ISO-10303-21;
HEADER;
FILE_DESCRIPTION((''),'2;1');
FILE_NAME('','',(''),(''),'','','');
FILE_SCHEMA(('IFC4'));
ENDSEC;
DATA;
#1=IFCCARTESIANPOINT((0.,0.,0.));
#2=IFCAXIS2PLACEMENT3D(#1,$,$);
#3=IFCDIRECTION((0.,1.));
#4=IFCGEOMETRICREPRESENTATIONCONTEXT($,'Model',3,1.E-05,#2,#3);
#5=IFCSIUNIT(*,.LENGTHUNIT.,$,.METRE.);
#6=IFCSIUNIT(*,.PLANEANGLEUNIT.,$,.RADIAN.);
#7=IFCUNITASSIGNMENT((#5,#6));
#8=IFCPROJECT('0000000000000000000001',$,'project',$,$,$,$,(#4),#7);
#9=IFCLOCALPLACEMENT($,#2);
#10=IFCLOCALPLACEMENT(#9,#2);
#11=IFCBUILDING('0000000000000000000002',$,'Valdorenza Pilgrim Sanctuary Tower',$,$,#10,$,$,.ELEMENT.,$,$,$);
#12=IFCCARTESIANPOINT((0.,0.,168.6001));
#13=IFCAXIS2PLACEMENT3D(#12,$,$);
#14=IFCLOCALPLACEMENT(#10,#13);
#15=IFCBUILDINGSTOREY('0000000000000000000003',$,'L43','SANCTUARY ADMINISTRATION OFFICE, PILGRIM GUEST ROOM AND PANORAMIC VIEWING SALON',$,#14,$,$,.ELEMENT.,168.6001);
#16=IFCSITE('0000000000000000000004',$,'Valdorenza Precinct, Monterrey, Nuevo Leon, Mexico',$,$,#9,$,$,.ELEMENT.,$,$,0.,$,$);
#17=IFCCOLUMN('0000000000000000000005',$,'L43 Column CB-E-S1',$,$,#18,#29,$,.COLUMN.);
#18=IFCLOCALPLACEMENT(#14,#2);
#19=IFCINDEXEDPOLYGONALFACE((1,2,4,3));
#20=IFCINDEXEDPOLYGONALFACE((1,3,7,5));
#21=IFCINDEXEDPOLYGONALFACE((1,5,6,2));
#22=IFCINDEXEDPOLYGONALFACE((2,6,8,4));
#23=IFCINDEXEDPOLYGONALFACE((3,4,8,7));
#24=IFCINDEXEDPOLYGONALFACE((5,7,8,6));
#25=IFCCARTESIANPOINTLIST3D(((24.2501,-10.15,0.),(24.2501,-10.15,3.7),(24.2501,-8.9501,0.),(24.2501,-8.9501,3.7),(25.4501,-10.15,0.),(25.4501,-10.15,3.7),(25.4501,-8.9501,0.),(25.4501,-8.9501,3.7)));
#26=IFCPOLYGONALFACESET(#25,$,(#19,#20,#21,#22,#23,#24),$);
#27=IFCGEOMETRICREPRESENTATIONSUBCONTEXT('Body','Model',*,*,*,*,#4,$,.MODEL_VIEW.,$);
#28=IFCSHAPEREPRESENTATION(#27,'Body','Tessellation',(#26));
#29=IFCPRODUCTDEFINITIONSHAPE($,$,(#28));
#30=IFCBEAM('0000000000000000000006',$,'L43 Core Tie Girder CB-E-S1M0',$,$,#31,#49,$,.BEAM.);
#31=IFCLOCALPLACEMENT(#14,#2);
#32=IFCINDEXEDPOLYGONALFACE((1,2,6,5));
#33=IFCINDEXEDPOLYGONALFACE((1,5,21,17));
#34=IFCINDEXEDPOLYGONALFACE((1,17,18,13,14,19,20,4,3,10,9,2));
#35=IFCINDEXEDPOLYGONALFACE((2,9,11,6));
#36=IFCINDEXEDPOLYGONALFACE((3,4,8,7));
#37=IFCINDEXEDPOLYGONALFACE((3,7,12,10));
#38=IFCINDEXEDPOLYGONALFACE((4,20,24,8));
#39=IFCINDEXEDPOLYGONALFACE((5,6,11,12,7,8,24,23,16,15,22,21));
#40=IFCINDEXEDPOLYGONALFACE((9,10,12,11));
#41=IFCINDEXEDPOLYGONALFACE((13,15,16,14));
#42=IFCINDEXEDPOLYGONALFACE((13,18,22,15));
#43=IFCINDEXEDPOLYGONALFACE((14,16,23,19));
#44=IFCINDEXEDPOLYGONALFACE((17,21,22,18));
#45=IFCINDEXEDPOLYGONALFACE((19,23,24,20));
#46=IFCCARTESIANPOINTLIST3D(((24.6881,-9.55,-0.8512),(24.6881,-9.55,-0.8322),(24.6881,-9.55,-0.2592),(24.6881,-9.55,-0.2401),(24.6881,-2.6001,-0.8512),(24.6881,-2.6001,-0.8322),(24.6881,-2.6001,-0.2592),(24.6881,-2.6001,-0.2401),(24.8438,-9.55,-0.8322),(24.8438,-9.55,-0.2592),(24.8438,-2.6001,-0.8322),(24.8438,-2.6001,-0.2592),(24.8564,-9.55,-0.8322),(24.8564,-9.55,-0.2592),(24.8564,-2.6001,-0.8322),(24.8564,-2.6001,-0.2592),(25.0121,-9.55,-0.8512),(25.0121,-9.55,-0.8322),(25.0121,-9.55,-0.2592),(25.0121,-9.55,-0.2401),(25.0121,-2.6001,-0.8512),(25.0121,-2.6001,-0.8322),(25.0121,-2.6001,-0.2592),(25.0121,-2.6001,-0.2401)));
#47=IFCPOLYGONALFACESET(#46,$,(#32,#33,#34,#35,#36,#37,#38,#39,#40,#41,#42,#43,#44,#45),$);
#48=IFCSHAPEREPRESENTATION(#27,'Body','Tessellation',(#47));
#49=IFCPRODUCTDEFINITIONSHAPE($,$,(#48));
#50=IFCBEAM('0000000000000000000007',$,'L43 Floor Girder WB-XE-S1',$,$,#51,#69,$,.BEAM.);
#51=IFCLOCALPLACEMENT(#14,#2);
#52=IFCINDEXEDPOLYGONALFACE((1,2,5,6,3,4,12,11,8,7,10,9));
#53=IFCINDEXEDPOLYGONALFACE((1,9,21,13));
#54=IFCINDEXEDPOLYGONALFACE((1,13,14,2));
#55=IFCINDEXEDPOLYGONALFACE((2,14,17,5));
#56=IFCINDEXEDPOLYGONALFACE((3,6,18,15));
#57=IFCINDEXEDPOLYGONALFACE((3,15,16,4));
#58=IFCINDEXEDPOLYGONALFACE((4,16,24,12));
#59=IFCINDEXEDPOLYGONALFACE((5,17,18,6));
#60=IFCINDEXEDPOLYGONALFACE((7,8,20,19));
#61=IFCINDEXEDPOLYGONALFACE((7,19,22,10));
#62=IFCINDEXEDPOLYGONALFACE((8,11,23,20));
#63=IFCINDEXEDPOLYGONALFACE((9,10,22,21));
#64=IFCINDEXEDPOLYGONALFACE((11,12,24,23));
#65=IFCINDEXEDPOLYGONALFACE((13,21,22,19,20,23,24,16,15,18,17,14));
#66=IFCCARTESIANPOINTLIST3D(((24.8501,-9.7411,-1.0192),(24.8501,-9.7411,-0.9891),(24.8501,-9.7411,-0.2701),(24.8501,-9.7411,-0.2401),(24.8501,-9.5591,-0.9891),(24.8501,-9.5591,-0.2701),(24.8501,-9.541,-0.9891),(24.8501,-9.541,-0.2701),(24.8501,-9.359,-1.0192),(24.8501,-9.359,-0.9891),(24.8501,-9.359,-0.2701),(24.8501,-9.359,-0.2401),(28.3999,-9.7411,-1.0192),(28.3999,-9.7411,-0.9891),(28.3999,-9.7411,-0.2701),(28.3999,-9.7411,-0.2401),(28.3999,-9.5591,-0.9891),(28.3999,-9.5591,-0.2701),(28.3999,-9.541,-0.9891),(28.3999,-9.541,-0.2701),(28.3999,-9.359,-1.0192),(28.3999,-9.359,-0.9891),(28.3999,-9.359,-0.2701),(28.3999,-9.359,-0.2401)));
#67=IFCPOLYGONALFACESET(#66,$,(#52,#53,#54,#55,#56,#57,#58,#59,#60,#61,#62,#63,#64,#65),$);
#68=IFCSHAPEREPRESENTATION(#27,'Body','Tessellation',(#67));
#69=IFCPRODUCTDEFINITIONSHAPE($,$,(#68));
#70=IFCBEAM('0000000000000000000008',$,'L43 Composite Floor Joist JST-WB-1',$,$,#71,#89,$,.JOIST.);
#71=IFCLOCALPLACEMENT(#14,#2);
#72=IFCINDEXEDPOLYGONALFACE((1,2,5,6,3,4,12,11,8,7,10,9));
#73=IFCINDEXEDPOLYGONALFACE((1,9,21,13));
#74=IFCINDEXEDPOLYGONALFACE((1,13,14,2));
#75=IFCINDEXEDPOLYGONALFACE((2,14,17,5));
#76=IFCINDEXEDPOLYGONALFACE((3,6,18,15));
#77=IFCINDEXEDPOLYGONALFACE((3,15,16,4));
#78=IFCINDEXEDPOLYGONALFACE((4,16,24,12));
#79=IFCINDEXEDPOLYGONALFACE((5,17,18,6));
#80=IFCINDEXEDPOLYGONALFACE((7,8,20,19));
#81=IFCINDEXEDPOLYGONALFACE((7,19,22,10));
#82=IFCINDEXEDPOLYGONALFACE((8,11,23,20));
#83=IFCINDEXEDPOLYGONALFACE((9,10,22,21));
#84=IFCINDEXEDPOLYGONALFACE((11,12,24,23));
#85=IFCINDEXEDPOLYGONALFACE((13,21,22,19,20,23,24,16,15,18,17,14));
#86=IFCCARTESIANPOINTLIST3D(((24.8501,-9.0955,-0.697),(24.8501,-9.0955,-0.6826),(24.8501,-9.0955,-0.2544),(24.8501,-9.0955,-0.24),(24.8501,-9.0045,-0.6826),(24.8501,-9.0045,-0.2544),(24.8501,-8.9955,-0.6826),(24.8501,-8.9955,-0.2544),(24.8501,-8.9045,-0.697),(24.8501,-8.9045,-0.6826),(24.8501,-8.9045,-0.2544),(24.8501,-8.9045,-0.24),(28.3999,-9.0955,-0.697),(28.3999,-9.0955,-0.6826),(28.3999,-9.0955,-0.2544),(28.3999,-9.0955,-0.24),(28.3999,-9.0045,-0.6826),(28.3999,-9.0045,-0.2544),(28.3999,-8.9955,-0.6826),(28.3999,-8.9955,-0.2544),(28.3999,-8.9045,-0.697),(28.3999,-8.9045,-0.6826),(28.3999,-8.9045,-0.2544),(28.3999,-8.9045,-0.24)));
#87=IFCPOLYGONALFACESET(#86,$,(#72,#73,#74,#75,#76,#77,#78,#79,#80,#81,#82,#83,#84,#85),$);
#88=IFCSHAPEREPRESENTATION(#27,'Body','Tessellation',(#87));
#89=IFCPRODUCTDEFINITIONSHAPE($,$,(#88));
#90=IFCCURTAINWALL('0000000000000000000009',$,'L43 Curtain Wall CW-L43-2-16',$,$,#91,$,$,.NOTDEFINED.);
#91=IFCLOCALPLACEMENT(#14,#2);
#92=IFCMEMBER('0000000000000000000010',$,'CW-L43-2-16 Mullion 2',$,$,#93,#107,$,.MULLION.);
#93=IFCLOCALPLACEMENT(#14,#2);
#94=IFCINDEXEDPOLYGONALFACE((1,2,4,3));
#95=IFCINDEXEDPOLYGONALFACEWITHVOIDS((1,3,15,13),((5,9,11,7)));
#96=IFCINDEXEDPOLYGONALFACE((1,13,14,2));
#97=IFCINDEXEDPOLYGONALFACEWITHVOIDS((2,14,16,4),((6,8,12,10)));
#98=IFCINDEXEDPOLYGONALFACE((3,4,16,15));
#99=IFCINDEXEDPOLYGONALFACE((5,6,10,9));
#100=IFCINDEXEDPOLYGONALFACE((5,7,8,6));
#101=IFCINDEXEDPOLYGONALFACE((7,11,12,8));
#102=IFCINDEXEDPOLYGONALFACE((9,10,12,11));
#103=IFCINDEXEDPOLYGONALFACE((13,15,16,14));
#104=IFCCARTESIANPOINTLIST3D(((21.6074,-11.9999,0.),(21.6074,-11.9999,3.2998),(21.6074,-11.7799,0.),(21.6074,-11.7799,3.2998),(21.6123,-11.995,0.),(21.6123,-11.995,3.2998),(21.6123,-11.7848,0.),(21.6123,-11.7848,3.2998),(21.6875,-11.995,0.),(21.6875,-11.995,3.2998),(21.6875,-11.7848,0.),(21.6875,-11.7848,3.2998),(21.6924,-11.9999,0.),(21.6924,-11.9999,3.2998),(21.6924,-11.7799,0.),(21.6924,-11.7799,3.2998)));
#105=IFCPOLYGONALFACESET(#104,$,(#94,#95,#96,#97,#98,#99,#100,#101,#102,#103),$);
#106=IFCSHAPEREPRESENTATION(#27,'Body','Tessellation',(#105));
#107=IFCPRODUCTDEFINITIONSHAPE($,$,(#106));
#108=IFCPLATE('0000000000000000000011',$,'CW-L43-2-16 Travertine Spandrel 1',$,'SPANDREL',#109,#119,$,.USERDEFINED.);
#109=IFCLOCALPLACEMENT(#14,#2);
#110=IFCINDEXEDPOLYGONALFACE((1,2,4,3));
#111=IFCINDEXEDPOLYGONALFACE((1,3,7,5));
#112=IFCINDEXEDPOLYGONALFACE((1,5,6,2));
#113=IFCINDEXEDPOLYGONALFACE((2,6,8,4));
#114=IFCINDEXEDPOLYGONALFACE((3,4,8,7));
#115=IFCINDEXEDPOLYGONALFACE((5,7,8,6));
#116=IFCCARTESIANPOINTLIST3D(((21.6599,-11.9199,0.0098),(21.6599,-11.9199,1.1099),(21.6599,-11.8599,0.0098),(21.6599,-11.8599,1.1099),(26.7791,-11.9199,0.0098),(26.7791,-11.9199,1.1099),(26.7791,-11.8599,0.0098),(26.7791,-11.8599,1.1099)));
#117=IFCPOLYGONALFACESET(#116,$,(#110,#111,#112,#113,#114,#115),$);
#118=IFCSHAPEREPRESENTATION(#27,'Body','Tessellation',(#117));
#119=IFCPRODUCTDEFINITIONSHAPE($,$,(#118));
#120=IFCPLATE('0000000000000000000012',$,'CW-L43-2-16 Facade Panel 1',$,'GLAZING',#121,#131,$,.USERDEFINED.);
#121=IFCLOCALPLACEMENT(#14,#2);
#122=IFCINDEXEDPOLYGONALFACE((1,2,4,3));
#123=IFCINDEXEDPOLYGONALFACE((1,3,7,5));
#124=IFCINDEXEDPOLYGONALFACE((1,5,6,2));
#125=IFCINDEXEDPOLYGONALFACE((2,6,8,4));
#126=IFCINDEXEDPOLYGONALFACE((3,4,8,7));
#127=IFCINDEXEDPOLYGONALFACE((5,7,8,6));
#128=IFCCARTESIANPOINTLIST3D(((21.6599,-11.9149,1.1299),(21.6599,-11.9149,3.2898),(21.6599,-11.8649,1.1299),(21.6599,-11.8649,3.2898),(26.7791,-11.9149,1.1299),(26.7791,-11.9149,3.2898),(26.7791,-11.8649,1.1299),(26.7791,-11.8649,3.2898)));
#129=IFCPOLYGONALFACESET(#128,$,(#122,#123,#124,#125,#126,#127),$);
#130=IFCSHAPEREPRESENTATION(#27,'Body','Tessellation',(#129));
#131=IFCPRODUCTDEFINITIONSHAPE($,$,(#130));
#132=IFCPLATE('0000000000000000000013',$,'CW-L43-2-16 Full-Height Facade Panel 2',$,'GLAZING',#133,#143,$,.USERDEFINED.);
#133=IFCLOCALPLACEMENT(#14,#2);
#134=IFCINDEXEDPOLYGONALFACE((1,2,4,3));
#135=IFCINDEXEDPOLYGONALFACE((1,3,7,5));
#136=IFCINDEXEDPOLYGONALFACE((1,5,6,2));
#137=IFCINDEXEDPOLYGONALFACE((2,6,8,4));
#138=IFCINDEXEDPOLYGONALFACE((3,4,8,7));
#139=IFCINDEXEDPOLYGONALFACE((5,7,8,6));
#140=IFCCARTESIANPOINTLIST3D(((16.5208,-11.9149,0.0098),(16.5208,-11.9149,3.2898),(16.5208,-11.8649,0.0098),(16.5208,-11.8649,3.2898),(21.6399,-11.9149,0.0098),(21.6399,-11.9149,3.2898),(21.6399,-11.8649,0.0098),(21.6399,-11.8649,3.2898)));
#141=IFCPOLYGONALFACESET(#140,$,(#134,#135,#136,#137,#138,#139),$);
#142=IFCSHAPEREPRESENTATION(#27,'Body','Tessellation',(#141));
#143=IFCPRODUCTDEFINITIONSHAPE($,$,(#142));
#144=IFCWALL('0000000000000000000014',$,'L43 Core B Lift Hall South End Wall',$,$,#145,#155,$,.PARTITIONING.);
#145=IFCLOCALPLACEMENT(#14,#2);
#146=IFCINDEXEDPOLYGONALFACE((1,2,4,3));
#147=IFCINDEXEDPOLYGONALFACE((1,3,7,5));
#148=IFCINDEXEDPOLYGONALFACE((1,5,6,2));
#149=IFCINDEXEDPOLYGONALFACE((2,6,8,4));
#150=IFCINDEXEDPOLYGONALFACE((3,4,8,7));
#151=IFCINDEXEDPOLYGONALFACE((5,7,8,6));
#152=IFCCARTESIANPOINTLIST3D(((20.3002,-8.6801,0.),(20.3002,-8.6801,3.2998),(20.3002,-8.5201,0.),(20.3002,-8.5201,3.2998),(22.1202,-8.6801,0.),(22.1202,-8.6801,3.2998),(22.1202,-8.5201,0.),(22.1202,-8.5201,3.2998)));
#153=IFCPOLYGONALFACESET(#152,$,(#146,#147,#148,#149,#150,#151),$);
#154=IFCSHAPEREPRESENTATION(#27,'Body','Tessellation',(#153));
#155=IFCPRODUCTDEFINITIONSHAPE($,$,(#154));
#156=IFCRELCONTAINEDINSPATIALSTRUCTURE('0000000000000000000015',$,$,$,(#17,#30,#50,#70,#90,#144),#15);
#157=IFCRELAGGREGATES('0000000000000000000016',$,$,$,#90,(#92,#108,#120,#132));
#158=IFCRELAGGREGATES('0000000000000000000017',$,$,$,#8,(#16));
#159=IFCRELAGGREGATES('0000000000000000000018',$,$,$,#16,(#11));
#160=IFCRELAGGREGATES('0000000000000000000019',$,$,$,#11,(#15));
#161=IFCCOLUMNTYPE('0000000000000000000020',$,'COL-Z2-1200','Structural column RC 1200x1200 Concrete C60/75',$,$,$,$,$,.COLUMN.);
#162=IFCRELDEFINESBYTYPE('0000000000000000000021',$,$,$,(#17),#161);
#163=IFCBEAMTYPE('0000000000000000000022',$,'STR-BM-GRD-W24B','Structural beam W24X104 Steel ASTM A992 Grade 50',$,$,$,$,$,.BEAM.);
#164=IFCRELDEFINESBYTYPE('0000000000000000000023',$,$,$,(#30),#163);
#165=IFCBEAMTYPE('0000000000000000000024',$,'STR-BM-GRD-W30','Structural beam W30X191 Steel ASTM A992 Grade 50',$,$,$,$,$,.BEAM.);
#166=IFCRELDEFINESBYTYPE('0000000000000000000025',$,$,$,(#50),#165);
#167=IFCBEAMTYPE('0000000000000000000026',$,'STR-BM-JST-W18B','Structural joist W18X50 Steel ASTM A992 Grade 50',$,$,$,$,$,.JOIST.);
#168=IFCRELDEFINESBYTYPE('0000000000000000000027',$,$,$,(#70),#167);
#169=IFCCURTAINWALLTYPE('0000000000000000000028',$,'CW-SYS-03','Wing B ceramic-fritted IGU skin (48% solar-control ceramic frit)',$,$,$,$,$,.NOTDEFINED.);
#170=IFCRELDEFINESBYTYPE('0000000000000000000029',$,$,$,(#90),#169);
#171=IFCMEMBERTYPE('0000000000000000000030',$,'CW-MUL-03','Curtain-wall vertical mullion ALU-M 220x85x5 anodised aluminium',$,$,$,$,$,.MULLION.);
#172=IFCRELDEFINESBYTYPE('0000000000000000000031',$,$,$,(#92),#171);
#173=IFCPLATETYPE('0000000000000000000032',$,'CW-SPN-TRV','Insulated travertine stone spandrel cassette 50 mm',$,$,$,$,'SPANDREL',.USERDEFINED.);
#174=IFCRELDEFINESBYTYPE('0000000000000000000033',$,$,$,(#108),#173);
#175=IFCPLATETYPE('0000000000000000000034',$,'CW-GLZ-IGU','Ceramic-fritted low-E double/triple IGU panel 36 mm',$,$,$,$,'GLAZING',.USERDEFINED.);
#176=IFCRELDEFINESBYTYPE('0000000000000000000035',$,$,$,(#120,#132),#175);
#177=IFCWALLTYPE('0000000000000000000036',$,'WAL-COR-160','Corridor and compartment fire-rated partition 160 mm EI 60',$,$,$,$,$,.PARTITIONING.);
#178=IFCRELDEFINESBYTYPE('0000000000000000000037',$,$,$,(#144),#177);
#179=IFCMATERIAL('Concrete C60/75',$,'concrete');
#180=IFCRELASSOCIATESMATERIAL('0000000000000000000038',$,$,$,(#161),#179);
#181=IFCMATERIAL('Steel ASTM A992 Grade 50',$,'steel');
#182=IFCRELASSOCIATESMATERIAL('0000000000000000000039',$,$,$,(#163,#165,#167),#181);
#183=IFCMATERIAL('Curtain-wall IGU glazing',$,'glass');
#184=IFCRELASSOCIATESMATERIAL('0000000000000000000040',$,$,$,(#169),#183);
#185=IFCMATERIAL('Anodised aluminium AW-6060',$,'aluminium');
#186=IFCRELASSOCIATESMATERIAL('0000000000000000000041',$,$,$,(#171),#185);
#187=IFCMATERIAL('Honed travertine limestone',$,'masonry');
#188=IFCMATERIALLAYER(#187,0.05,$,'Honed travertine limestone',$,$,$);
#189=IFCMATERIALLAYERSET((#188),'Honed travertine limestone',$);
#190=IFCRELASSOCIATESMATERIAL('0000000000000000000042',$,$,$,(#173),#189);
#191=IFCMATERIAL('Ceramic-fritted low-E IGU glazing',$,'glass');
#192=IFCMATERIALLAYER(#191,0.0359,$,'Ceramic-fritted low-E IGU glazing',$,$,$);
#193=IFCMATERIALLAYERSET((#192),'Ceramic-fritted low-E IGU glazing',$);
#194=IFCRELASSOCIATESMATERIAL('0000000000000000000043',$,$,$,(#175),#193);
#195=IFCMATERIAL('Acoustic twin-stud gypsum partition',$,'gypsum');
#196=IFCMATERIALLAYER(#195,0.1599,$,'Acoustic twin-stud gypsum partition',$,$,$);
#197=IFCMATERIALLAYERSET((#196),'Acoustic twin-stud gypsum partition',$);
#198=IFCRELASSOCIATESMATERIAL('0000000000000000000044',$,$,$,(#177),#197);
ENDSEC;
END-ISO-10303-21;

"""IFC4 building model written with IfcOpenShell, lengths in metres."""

from ifc_helpers import new_model, si_unit, direction, frame, frame_2d, origin, origin_2d, place, context, subcontext, project, spatial, rectangle, hollow_rectangle, i_section, extrude, source, transform, mapped, material, layer, layer_set, material_profile, profile_set, type_object, element, aggregate, save


model = new_model("IFC4")

# Units and contexts
model_context = context("Model", 3, precision=1e-05, world=origin(), true_north=direction((0.0, 1.0)))
body_context = subcontext(model_context, "Body", "Model", "MODEL_VIEW")
ifc_project = project(units=[si_unit("LENGTHUNIT", "METRE"), si_unit("PLANEANGLEUNIT", "RADIAN")], contexts=[model_context])

# Site, building, storey
site_placement = place(None, origin())
site = spatial("IfcSite", under=ifc_project, at=site_placement, Name="Valdorenza Precinct, Monterrey, Nuevo Leon, Mexico", CompositionType="ELEMENT", RefElevation=0.0)
building_placement = place(site_placement, origin())
building = spatial("IfcBuilding", under=site, at=building_placement, Name="Valdorenza Pilgrim Sanctuary Tower", CompositionType="ELEMENT")
storey_placement = place(building_placement, frame((0.0, 0.0, 168.6001)))
storey = spatial("IfcBuildingStorey", under=building, at=storey_placement, Name="L43", Description="SANCTUARY ADMINISTRATION OFFICE, PILGRIM GUEST ROOM AND PANORAMIC VIEWING SALON", CompositionType="ELEMENT", Elevation=168.6001)

# Column
ifc_material_1 = material(Name="Concrete C60/75", Category="concrete")
ifc_material_profile_1 = material_profile(ifc_material_1, rectangle(XDim=1.2, YDim=1.2, at=origin_2d()), Name="RC 1200x1200")
ifc_profile_set_1 = profile_set([ifc_material_profile_1], Name="Concrete C60/75")
column_type = type_object("IfcColumnType", Name="COL-Z2-1200", Description="Structural column RC 1200x1200 Concrete C60/75", PredefinedType="COLUMN", material=ifc_profile_set_1)
shared_shape_1 = source(origin(), body_context, "Body", "SweptSolid", [
    extrude(rectangle(XDim=1.2, YDim=1.2, at=origin_2d()), origin(), (0.0, 0.0, 1.0), 3.7),
])
column_placement = place(storey_placement, frame((24.8501, -9.55, 0.0), z_axis=(0.0, 0.0, 1.0), x_axis=(1.0, 0.0, 0.0)))
element("IfcColumn", 1, at=column_placement, inside=storey, type_object=column_type, Name="L43 Column CB-E-S1", PredefinedType="COLUMN", context=body_context, shape_type="MappedRepresentation", body=[
    mapped(shared_shape_1, transform((0.0, 0.0, 0.0), x_axis=(1.0, 0.0, 0.0), y_axis=(0.0, 1.0, 0.0), z_axis=(0.0, 0.0, 1.0), scale=1.0)),
])

# Beams
ifc_material_2 = material(Name="Steel ASTM A992 Grade 50", Category="steel")
ifc_material_profile_2 = material_profile(ifc_material_2, i_section(OverallWidth=0.324, OverallDepth=0.6111, WebThickness=0.0127, FlangeThickness=0.019, at=origin_2d()), Name="W24X104")
ifc_profile_set_2 = profile_set([ifc_material_profile_2], Name="Steel ASTM A992 Grade 50")
beam_type_1 = type_object("IfcBeamType", Name="STR-BM-GRD-W24B", Description="Structural beam W24X104 Steel ASTM A992 Grade 50", PredefinedType="BEAM", material=ifc_profile_set_2)
shared_shape_2 = source(origin(), body_context, "Body", "SweptSolid", [
    extrude(i_section(OverallWidth=0.324, OverallDepth=0.6111, WebThickness=0.0127, FlangeThickness=0.019, at=origin_2d()), origin(), (0.0, 0.0, 1.0), 6.95),
])
beam_1_placement = place(storey_placement, frame((24.8501, -9.55, -0.5457), z_axis=(0.0, 1.0, 0.0), x_axis=(-1.0, 0.0, 0.0)))
element("IfcBeam", 2, at=beam_1_placement, inside=storey, type_object=beam_type_1, Name="L43 Core Tie Girder CB-E-S1M0", PredefinedType="BEAM", context=body_context, shape_type="MappedRepresentation", body=[
    mapped(shared_shape_2, transform((0.0, 0.0, 0.0), x_axis=(1.0, 0.0, 0.0), y_axis=(0.0, 1.0, 0.0), z_axis=(0.0, 0.0, 1.0), scale=1.0)),
])
ifc_material_profile_3 = material_profile(ifc_material_2, i_section(OverallWidth=0.3821, OverallDepth=0.7791, WebThickness=0.0181, FlangeThickness=0.03, at=origin_2d()), Name="W30X191")
ifc_profile_set_3 = profile_set([ifc_material_profile_3], Name="Steel ASTM A992 Grade 50")
beam_type_2 = type_object("IfcBeamType", Name="STR-BM-GRD-W30", Description="Structural beam W30X191 Steel ASTM A992 Grade 50", PredefinedType="BEAM", material=ifc_profile_set_3)
shared_shape_3 = source(origin(), body_context, "Body", "SweptSolid", [
    extrude(i_section(OverallWidth=0.3821, OverallDepth=0.7791, WebThickness=0.0181, FlangeThickness=0.03, at=origin_2d()), origin(), (0.0, 0.0, 1.0), 3.5498),
])
beam_2_placement = place(storey_placement, frame((24.8501, -9.55, -0.6296), z_axis=(1.0, 0.0, 0.0), x_axis=(0.0, 1.0, 0.0)))
element("IfcBeam", 3, at=beam_2_placement, inside=storey, type_object=beam_type_2, Name="L43 Floor Girder WB-XE-S1", PredefinedType="BEAM", context=body_context, shape_type="MappedRepresentation", body=[
    mapped(shared_shape_3, transform((0.0, 0.0, 0.0), x_axis=(1.0, 0.0, 0.0), y_axis=(0.0, 1.0, 0.0), z_axis=(0.0, 0.0, 1.0), scale=1.0)),
])
ifc_material_profile_4 = material_profile(ifc_material_2, i_section(OverallWidth=0.1909, OverallDepth=0.457, WebThickness=0.009, FlangeThickness=0.0144, at=origin_2d()), Name="W18X50")
ifc_profile_set_4 = profile_set([ifc_material_profile_4], Name="Steel ASTM A992 Grade 50")
beam_type_3 = type_object("IfcBeamType", Name="STR-BM-JST-W18B", Description="Structural joist W18X50 Steel ASTM A992 Grade 50", PredefinedType="JOIST", material=ifc_profile_set_4)
shared_shape_4 = source(origin(), body_context, "Body", "SweptSolid", [
    extrude(i_section(OverallWidth=0.1909, OverallDepth=0.457, WebThickness=0.009, FlangeThickness=0.0144, at=origin_2d()), origin(), (0.0, 0.0, 1.0), 3.5498),
])
beam_3_placement = place(storey_placement, frame((24.8501, -9.0, -0.4685), z_axis=(1.0, 0.0, 0.0), x_axis=(0.0, 1.0, 0.0)))
element("IfcBeam", 4, at=beam_3_placement, inside=storey, type_object=beam_type_3, Name="L43 Composite Floor Joist JST-WB-1", PredefinedType="JOIST", context=body_context, shape_type="MappedRepresentation", body=[
    mapped(shared_shape_4, transform((0.0, 0.0, 0.0), x_axis=(1.0, 0.0, 0.0), y_axis=(0.0, 1.0, 0.0), z_axis=(0.0, 0.0, 1.0), scale=1.0)),
])

# Curtain wall, member, plates
ifc_material_3 = material(Name="Curtain-wall IGU glazing", Category="glass")
curtain_wall_type = type_object("IfcCurtainWallType", Name="CW-SYS-03", Description="Wing B ceramic-fritted IGU skin (48% solar-control ceramic frit)", PredefinedType="NOTDEFINED", material=ifc_material_3)
curtain_wall_placement = place(storey_placement, origin())
curtain_wall = element("IfcCurtainWall", 5, at=curtain_wall_placement, inside=storey, type_object=curtain_wall_type, Name="L43 Curtain Wall CW-L43-2-16", PredefinedType="NOTDEFINED")
ifc_material_4 = material(Name="Anodised aluminium AW-6060", Category="aluminium")
ifc_material_profile_5 = material_profile(ifc_material_4, hollow_rectangle(XDim=0.085, YDim=0.22, WallThickness=0.0049, at=origin_2d()), Name="ALU-M 220x85x5")
ifc_profile_set_5 = profile_set([ifc_material_profile_5], Name="Anodised aluminium AW-6060")
member_type = type_object("IfcMemberType", Name="CW-MUL-03", Description="Curtain-wall vertical mullion ALU-M 220x85x5 anodised aluminium", PredefinedType="MULLION", material=ifc_profile_set_5)
shared_shape_5 = source(origin(), body_context, "Body", "SweptSolid", [
    extrude(hollow_rectangle(XDim=0.085, YDim=0.22, WallThickness=0.0049, at=origin_2d()), origin(), (0.0, 0.0, 1.0), 3.2998),
])
member_placement = place(storey_placement, frame((21.6499, -11.8899, 0.0), z_axis=(0.0, 0.0, 1.0), x_axis=(-1.0, 0.0, 0.0)))
member = element("IfcMember", 6, at=member_placement, type_object=member_type, Name="CW-L43-2-16 Mullion 2", PredefinedType="MULLION", context=body_context, shape_type="MappedRepresentation", body=[
    mapped(shared_shape_5, transform((0.0, 0.0, 0.0), x_axis=(1.0, 0.0, 0.0), y_axis=(0.0, 1.0, 0.0), z_axis=(0.0, 0.0, 1.0), scale=1.0)),
])
ifc_material_5 = material(Name="Honed travertine limestone", Category="masonry")
ifc_layer_1 = layer(ifc_material_5, 0.05, Name="Honed travertine limestone")
ifc_layer_set_1 = layer_set([ifc_layer_1], Name="Honed travertine limestone")
plate_type_1 = type_object("IfcPlateType", Name="CW-SPN-TRV", Description="Insulated travertine stone spandrel cassette 50 mm", ElementType="SPANDREL", PredefinedType="USERDEFINED", material=ifc_layer_set_1)
shared_shape_6 = source(origin(), body_context, "Body", "SweptSolid", [
    extrude(rectangle(XDim=5.1191, YDim=0.0601, at=origin_2d()), origin(), (0.0, 0.0, 1.0), 1.1001),
])
plate_1_placement = place(storey_placement, frame((24.2195, -11.8899, 0.0098), z_axis=(0.0, 0.0, 1.0), x_axis=(-1.0, 0.0, 0.0)))
plate_1 = element("IfcPlate", 7, at=plate_1_placement, type_object=plate_type_1, Name="CW-L43-2-16 Travertine Spandrel 1", ObjectType="SPANDREL", PredefinedType="USERDEFINED", context=body_context, shape_type="MappedRepresentation", body=[
    mapped(shared_shape_6, transform((0.0, 0.0, 0.0), x_axis=(1.0, 0.0, 0.0), y_axis=(0.0, 1.0, 0.0), z_axis=(0.0, 0.0, 1.0), scale=1.0)),
])
ifc_material_6 = material(Name="Ceramic-fritted low-E IGU glazing", Category="glass")
ifc_layer_2 = layer(ifc_material_6, 0.0359, Name="Ceramic-fritted low-E IGU glazing")
ifc_layer_set_2 = layer_set([ifc_layer_2], Name="Ceramic-fritted low-E IGU glazing")
plate_type_2 = type_object("IfcPlateType", Name="CW-GLZ-IGU", Description="Ceramic-fritted low-E double/triple IGU panel 36 mm", ElementType="GLAZING", PredefinedType="USERDEFINED", material=ifc_layer_set_2)
shared_shape_7 = source(origin(), body_context, "Body", "SweptSolid", [
    extrude(rectangle(XDim=5.1191, YDim=0.05, at=origin_2d()), origin(), (0.0, 0.0, 1.0), 2.1599),
])
plate_2_placement = place(storey_placement, frame((24.2195, -11.8899, 1.1299), z_axis=(0.0, 0.0, 1.0), x_axis=(-1.0, 0.0, 0.0)))
plate_2 = element("IfcPlate", 8, at=plate_2_placement, type_object=plate_type_2, Name="CW-L43-2-16 Facade Panel 1", ObjectType="GLAZING", PredefinedType="USERDEFINED", context=body_context, shape_type="MappedRepresentation", body=[
    mapped(shared_shape_7, transform((0.0, 0.0, 0.0), x_axis=(1.0, 0.0, 0.0), y_axis=(0.0, 1.0, 0.0), z_axis=(0.0, 0.0, 1.0), scale=1.0)),
])
shared_shape_8 = source(origin(), body_context, "Body", "SweptSolid", [
    extrude(rectangle(XDim=5.1191, YDim=0.05, at=origin_2d()), origin(), (0.0, 0.0, 1.0), 3.28),
])
plate_3_placement = place(storey_placement, frame((19.0803, -11.8899, 0.0098), z_axis=(0.0, 0.0, 1.0), x_axis=(-1.0, 0.0, 0.0)))
plate_3 = element("IfcPlate", 9, at=plate_3_placement, type_object=plate_type_2, Name="CW-L43-2-16 Full-Height Facade Panel 2", ObjectType="GLAZING", PredefinedType="USERDEFINED", context=body_context, shape_type="MappedRepresentation", body=[
    mapped(shared_shape_8, transform((0.0, 0.0, 0.0), x_axis=(1.0, 0.0, 0.0), y_axis=(0.0, 1.0, 0.0), z_axis=(0.0, 0.0, 1.0), scale=1.0)),
])
aggregate(curtain_wall, [member, plate_1, plate_2, plate_3])

# Wall
ifc_material_7 = material(Name="Acoustic twin-stud gypsum partition", Category="gypsum")
ifc_layer_3 = layer(ifc_material_7, 0.1599, Name="Acoustic twin-stud gypsum partition")
ifc_layer_set_3 = layer_set([ifc_layer_3], Name="Acoustic twin-stud gypsum partition")
wall_type_1 = type_object("IfcWallType", Name="WAL-COR-160", Description="Corridor and compartment fire-rated partition 160 mm EI 60", PredefinedType="PARTITIONING", material=ifc_layer_set_3)
wall_1_placement = place(storey_placement, frame((20.3, -8.6001, 0.0), z_axis=(0.0, 0.0, 1.0), x_axis=(1.0, 0.0, 0.0)))
element("IfcWall", 10, at=wall_1_placement, inside=storey, type_object=wall_type_1, Name="L43 Core B Lift Hall South End Wall", PredefinedType="PARTITIONING", context=body_context, shape_type="SweptSolid", body=[
    extrude(rectangle(XDim=1.8201, YDim=0.1599, at=frame_2d((0.9102, 0.0))), origin(), (0.0, 0.0, 1.0), 3.2998),
])

save(model, "model.ifc")
